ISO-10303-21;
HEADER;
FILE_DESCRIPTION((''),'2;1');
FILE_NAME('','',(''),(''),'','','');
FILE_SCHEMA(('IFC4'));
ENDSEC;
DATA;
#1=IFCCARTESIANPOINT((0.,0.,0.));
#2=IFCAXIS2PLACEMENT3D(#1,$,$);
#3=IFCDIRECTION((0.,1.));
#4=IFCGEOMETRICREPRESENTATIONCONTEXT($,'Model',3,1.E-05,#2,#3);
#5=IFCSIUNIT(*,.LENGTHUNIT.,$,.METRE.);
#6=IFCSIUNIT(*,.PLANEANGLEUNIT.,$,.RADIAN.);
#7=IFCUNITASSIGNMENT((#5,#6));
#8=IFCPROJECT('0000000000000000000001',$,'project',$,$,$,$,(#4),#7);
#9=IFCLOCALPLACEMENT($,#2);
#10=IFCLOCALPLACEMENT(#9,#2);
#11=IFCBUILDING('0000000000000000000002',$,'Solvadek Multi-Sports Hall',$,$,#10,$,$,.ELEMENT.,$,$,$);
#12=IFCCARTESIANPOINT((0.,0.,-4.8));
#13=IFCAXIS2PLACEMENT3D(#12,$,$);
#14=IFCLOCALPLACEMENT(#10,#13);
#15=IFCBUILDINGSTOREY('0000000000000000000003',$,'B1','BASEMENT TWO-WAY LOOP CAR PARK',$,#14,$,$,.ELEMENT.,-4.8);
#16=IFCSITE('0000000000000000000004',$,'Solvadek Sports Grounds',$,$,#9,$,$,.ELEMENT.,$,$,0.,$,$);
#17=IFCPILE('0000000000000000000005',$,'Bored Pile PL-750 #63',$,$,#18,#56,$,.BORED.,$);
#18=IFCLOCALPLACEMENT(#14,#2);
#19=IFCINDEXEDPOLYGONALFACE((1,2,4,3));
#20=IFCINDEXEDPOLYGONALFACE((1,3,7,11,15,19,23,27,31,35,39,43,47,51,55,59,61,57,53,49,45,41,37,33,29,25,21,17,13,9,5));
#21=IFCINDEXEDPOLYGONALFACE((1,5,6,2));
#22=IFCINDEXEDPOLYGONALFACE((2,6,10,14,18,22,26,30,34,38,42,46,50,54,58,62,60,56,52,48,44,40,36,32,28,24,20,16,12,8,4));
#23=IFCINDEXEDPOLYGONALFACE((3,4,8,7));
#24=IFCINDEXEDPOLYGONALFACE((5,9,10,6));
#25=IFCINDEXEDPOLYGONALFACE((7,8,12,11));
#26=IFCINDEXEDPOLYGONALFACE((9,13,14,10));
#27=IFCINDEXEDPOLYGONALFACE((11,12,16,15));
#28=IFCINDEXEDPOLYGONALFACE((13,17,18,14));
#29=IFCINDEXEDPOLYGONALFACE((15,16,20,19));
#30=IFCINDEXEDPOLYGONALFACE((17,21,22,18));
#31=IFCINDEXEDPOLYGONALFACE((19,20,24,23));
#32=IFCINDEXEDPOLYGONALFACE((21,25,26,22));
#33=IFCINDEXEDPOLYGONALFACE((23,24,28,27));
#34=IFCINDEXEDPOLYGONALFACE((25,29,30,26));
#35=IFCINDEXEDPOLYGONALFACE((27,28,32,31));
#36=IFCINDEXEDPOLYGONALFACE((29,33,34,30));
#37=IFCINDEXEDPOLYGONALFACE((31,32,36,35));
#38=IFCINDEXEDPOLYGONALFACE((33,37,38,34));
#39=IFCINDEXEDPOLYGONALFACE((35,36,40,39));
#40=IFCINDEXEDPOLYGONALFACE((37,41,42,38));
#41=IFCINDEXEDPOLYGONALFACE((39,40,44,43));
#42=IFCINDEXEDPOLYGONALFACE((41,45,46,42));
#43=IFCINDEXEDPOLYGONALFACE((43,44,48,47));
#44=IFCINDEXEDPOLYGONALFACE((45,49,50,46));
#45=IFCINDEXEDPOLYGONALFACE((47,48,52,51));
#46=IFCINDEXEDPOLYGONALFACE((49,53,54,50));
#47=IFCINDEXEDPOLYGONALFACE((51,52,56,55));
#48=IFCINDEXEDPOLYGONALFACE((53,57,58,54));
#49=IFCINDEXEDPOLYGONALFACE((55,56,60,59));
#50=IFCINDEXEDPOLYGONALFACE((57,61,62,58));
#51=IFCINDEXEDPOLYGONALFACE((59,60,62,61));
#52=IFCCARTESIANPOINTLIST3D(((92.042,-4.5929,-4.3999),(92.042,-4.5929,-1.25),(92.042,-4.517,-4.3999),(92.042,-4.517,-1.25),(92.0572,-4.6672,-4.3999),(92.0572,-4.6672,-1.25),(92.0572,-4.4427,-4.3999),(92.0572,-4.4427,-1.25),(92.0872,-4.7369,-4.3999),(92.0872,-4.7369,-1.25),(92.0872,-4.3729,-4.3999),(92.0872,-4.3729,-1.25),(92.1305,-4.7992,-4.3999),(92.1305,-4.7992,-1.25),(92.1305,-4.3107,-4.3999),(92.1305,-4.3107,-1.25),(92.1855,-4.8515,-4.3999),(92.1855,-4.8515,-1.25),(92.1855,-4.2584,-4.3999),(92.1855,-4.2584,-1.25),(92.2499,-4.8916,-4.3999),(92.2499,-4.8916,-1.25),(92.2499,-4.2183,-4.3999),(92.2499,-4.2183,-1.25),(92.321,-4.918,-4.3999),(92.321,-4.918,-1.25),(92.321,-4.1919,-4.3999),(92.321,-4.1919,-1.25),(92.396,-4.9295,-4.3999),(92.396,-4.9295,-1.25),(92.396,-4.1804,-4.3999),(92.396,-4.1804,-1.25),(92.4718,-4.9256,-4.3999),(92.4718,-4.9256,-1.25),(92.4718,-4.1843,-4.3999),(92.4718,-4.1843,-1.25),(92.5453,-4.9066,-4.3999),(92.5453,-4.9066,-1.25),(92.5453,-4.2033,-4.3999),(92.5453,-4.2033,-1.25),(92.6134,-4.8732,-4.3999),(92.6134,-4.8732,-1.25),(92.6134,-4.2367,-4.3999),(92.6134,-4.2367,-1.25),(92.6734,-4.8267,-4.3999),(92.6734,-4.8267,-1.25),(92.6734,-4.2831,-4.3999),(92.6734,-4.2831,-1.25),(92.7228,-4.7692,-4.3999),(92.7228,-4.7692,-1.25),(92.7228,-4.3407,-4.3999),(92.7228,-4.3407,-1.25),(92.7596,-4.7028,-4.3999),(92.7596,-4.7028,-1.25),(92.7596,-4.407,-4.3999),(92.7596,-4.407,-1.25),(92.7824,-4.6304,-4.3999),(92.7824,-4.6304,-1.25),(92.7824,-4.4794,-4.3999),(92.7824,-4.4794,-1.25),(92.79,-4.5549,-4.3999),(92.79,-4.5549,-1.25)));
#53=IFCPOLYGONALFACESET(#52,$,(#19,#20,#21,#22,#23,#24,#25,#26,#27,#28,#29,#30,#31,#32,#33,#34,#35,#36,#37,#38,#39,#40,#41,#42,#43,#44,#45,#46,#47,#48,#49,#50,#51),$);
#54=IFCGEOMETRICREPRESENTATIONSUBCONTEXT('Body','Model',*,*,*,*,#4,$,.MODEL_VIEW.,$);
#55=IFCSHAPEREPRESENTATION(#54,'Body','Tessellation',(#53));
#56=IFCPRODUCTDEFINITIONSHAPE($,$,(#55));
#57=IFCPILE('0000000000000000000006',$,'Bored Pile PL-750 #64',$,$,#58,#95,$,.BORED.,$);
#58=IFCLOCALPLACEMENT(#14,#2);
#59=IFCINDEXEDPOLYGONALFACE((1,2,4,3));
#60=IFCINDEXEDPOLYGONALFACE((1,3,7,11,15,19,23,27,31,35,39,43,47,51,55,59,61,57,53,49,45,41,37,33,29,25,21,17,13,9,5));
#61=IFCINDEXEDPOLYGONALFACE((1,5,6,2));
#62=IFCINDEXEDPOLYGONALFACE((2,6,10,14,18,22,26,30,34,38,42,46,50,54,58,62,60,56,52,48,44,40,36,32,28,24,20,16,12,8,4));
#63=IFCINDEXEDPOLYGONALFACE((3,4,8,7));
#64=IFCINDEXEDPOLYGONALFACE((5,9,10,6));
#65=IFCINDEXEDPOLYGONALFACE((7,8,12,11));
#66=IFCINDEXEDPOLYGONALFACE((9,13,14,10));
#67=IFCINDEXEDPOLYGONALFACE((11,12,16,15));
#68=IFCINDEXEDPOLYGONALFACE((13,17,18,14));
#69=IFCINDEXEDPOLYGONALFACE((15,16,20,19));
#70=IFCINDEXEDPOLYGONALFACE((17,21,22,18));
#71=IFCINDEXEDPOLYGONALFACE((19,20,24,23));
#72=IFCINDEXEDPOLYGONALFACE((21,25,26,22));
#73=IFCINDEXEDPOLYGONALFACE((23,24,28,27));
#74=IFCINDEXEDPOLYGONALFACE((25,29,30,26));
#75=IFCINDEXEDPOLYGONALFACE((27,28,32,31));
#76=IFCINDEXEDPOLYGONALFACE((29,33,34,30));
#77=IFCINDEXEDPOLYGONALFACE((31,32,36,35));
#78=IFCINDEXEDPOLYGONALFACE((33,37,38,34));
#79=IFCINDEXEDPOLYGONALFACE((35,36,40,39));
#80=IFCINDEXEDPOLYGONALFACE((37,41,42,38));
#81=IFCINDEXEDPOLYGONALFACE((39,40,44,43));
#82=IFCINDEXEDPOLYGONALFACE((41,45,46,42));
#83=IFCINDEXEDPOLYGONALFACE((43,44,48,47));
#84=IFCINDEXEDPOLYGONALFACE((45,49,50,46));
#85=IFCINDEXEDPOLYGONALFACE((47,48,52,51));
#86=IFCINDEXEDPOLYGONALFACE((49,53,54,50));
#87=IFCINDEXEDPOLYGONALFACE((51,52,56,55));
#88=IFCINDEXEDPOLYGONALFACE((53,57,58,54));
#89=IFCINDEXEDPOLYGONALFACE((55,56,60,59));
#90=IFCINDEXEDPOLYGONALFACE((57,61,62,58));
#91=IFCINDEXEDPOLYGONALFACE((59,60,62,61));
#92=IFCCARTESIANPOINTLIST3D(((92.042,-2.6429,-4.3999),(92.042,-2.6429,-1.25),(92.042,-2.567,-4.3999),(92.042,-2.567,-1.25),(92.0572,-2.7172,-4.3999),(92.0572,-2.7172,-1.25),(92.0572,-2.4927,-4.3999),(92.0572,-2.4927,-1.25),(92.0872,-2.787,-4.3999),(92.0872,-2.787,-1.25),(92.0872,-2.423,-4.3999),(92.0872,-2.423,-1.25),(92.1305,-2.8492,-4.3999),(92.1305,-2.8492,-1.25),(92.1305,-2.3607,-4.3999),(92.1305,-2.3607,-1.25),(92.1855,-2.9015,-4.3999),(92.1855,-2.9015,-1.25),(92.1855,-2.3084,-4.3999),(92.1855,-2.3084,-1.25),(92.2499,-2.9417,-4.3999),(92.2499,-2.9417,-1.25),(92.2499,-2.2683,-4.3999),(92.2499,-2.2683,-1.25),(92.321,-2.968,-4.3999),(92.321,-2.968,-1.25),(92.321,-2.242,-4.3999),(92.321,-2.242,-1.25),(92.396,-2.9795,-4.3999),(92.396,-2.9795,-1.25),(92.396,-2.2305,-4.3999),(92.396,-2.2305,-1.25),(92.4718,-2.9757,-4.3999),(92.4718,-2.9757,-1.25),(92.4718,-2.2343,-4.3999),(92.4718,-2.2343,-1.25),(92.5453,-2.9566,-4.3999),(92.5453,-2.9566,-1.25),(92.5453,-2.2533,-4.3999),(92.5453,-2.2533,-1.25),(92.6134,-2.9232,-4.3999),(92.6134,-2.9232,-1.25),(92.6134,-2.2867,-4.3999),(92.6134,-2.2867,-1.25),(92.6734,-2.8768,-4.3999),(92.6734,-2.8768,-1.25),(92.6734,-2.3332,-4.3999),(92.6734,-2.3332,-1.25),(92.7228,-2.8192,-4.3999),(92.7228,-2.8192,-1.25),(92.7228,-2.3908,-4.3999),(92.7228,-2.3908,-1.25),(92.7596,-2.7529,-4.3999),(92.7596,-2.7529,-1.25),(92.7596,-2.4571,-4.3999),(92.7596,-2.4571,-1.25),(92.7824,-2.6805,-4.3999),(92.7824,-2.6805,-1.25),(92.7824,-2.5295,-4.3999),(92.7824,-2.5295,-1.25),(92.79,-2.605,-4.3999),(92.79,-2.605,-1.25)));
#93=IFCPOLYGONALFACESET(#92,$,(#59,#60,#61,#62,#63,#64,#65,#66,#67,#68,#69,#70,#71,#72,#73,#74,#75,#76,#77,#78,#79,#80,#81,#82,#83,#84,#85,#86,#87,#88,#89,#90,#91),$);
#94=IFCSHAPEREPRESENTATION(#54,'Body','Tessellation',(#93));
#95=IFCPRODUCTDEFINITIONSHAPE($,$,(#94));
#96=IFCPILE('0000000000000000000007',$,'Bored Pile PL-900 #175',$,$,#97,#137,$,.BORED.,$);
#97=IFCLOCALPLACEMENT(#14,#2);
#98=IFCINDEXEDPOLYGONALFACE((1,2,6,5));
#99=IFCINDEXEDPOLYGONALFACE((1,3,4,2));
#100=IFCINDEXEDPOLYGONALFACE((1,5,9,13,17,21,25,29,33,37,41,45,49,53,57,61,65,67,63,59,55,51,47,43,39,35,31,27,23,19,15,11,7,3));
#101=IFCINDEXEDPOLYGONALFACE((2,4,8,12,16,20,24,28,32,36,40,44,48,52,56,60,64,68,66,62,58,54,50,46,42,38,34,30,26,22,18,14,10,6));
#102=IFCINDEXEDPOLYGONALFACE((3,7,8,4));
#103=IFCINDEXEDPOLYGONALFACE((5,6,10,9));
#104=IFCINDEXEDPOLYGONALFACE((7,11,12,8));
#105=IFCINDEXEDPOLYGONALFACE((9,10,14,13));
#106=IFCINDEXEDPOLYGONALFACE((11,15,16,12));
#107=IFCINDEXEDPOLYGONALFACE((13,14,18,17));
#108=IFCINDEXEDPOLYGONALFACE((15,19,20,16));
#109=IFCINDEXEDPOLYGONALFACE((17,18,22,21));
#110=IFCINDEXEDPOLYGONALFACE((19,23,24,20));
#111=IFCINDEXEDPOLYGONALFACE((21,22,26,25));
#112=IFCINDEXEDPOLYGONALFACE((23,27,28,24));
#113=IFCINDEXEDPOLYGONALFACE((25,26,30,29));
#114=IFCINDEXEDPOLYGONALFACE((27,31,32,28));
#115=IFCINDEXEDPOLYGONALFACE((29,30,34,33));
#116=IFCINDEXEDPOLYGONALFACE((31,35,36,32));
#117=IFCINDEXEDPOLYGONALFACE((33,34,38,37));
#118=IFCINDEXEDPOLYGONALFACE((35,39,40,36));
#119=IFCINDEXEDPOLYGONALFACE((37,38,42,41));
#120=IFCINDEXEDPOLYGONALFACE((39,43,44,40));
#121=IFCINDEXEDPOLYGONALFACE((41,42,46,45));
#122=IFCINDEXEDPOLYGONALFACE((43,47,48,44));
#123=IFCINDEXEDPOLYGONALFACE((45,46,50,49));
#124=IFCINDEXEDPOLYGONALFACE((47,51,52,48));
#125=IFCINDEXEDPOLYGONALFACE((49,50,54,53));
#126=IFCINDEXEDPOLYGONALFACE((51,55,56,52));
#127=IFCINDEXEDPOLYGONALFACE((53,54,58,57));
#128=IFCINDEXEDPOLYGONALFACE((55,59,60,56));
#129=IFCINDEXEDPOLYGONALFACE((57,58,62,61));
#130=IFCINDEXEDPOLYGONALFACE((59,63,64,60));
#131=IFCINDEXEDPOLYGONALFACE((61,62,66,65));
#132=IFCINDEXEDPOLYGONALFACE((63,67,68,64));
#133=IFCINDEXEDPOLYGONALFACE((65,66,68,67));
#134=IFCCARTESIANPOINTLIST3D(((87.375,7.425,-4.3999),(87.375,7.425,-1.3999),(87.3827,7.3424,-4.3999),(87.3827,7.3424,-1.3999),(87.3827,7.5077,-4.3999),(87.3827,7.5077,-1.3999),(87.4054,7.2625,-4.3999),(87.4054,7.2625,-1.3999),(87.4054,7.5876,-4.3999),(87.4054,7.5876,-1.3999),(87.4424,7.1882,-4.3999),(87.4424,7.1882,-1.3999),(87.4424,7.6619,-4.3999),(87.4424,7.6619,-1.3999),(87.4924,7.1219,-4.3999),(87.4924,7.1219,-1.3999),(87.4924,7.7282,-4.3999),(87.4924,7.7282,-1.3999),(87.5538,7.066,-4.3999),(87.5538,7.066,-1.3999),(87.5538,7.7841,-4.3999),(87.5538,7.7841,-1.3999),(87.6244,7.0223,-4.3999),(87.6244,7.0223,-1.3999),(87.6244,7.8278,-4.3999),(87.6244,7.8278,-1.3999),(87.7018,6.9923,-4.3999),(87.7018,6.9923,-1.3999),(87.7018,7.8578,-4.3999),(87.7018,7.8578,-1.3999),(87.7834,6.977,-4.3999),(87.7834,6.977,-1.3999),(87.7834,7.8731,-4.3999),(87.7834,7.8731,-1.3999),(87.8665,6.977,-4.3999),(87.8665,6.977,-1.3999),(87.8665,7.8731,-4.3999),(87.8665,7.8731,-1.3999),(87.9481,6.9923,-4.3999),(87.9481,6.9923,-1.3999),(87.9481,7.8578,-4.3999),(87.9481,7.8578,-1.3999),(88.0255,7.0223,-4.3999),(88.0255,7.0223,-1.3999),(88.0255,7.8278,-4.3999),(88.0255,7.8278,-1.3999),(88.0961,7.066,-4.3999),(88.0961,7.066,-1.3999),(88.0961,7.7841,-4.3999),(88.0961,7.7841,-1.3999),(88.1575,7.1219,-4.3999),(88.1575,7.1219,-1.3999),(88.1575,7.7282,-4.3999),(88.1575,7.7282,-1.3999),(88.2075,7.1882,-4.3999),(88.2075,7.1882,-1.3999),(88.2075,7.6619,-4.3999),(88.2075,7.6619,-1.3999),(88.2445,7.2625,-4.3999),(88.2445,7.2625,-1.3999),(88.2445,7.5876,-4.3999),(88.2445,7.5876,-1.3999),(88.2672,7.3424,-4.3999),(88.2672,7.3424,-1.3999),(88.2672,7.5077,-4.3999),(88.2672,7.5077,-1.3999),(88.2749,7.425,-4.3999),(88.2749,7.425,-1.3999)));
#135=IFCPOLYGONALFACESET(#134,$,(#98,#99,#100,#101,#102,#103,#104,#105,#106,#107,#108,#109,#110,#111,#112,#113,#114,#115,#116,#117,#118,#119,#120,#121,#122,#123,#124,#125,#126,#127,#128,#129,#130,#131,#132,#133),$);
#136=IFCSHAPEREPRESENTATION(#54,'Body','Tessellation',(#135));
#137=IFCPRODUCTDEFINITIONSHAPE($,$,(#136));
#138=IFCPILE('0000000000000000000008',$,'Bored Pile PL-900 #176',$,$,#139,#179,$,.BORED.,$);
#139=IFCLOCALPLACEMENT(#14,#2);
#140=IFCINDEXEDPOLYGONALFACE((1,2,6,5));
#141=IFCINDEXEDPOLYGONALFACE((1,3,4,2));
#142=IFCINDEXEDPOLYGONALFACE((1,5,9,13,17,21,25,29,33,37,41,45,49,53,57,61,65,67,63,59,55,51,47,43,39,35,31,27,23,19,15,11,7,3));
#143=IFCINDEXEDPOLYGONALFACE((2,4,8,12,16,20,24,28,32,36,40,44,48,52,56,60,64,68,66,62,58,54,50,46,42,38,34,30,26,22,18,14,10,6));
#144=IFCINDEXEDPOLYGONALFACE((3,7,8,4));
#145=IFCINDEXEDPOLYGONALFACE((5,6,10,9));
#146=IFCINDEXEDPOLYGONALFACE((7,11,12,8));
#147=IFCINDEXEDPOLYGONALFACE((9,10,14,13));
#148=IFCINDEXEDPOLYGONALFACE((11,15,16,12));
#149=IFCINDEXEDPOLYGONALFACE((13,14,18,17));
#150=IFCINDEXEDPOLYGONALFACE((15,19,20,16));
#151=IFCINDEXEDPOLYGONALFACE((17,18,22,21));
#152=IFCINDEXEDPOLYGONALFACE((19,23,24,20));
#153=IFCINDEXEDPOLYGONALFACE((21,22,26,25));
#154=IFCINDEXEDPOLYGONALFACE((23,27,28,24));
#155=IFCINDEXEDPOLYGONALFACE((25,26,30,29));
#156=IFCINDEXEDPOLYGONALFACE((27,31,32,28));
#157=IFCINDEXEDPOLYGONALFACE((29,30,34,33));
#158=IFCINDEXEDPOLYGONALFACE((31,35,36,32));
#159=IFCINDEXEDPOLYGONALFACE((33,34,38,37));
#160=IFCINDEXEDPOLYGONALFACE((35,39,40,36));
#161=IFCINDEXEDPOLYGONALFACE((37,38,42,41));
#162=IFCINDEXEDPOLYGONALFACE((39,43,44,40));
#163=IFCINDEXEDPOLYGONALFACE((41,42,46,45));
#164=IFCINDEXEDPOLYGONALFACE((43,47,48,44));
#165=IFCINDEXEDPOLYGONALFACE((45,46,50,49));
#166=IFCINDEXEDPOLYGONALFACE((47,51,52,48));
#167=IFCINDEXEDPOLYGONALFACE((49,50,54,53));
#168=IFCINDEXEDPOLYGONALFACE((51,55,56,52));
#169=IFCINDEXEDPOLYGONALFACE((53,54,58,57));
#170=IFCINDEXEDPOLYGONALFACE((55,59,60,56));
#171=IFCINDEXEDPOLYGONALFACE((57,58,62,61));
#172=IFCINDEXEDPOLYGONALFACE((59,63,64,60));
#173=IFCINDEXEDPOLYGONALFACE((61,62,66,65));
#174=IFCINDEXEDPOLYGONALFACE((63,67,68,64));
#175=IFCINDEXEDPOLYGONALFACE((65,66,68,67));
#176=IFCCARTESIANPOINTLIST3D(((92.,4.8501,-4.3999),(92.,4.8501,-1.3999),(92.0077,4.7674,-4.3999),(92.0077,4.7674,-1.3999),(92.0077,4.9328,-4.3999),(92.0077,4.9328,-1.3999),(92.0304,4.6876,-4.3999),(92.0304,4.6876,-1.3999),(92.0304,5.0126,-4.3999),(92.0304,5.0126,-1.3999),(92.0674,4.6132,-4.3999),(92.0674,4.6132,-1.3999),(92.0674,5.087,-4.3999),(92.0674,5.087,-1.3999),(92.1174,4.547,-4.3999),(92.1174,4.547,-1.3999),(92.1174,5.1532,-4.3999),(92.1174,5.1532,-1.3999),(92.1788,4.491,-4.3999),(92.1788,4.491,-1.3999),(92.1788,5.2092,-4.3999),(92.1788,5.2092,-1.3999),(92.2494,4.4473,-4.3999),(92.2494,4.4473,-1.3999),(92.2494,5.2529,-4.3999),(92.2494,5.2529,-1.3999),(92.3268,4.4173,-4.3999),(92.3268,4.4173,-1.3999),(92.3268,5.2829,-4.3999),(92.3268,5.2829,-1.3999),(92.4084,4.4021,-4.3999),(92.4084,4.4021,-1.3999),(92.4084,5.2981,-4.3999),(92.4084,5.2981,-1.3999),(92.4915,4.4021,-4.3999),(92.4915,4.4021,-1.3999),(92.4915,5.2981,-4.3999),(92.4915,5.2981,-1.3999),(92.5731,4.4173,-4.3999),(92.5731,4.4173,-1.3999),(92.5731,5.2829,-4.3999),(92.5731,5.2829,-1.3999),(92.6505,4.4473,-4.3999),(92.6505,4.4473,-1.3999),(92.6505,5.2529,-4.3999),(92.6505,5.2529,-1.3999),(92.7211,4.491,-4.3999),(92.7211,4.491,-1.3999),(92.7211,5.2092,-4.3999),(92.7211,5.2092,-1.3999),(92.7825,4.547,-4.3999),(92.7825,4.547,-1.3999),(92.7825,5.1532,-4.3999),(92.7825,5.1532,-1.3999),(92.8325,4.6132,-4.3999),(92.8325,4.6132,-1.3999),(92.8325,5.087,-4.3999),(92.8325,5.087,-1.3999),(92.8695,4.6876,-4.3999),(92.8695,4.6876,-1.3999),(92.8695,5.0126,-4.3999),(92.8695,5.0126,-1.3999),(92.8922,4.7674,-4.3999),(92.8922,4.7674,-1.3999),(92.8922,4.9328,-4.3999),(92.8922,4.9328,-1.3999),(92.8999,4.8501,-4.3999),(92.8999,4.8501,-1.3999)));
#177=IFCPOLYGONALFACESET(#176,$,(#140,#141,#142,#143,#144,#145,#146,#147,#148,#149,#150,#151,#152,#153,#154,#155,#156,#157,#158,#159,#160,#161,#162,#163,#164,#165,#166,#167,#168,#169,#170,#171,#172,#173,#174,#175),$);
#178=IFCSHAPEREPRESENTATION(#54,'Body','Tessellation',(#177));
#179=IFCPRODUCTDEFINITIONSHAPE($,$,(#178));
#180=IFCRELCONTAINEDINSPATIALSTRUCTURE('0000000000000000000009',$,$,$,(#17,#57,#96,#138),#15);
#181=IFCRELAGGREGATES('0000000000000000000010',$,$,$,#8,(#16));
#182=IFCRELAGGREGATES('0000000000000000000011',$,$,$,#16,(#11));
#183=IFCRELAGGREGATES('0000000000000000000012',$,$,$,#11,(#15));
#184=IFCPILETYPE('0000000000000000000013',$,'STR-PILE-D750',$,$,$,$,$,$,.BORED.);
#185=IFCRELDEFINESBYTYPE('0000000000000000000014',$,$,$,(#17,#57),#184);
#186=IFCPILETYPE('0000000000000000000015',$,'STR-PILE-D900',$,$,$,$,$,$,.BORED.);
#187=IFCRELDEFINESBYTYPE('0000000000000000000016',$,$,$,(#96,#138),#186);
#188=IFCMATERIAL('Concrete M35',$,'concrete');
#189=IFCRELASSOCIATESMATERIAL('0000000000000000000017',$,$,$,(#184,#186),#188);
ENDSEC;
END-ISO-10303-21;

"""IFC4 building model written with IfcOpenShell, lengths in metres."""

from ifc_helpers import new_model, si_unit, direction, frame, origin, origin_2d, place, context, subcontext, project, spatial, circle, extrude, material, material_profile, profile_set, type_object, element, save


model = new_model("IFC4")

# Units and contexts
model_context = context("Model", 3, precision=1e-05, world=origin(), true_north=direction((0.0, 1.0)))
body_context = subcontext(model_context, "Body", "Model", "MODEL_VIEW")
ifc_project = project(units=[si_unit("LENGTHUNIT", "METRE"), si_unit("PLANEANGLEUNIT", "RADIAN")], contexts=[model_context])

# Site, building, storey
site_placement = place(None, origin())
site = spatial("IfcSite", under=ifc_project, at=site_placement, Name="Solvadek Sports Grounds", CompositionType="ELEMENT", RefElevation=0.0)
building_placement = place(site_placement, origin())
building = spatial("IfcBuilding", under=site, at=building_placement, Name="Solvadek Multi-Sports Hall", CompositionType="ELEMENT")
storey_placement = place(building_placement, frame((0.0, 0.0, -4.8)))
storey = spatial("IfcBuildingStorey", under=building, at=storey_placement, Name="B1", Description="BASEMENT TWO-WAY LOOP CAR PARK", CompositionType="ELEMENT", Elevation=-4.8)

# Piles
ifc_material_1 = material(Name="Concrete M35", Category="concrete")
ifc_material_profile_1 = material_profile(ifc_material_1, circle(Radius=0.375, at=origin_2d()), Name="BORED PILE D750")
ifc_profile_set_1 = profile_set([ifc_material_profile_1], Name="Concrete M35")
pile_type_1 = type_object("IfcPileType", Name="STR-PILE-D750", PredefinedType="BORED", material=ifc_profile_set_1)
for number, where, z_axis, x_axis, name in (
    (1, (92.415, -4.5549, -1.25), (0.0, 0.0, -1.0), (1.0, 0.0, 0.0), "Bored Pile PL-750 #63"),
    (2, (92.415, -2.605, -1.25), (0.0, 0.0, -1.0), (1.0, 0.0, 0.0), "Bored Pile PL-750 #64"),
):
    element("IfcPile", number, at=place(storey_placement, frame(where, z_axis=z_axis, x_axis=x_axis)), inside=storey, type_object=pile_type_1, Name=name, PredefinedType="BORED", context=body_context, shape_type="SweptSolid", body=[
        extrude(circle(Radius=0.375, at=origin_2d()), origin(), (0.0, 0.0, 1.0), 3.1499),
    ])
ifc_material_profile_2 = material_profile(ifc_material_1, circle(Radius=0.45, at=origin_2d()), Name="BORED PILE D900")
ifc_profile_set_2 = profile_set([ifc_material_profile_2], Name="Concrete M35")
pile_type_2 = type_object("IfcPileType", Name="STR-PILE-D900", PredefinedType="BORED", material=ifc_profile_set_2)
for number, where, z_axis, x_axis, name in (
    (3, (87.825, 7.425, -1.3999), (0.0, 0.0, -1.0), (1.0, 0.0, 0.0), "Bored Pile PL-900 #175"),
    (4, (92.45, 4.8501, -1.3999), (0.0, 0.0, -1.0), (1.0, 0.0, 0.0), "Bored Pile PL-900 #176"),
):
    element("IfcPile", number, at=place(storey_placement, frame(where, z_axis=z_axis, x_axis=x_axis)), inside=storey, type_object=pile_type_2, Name=name, PredefinedType="BORED", context=body_context, shape_type="SweptSolid", body=[
        extrude(circle(Radius=0.45, at=origin_2d()), origin(), (0.0, 0.0, 1.0), 3.0),
    ])

save(model, "model.ifc")
